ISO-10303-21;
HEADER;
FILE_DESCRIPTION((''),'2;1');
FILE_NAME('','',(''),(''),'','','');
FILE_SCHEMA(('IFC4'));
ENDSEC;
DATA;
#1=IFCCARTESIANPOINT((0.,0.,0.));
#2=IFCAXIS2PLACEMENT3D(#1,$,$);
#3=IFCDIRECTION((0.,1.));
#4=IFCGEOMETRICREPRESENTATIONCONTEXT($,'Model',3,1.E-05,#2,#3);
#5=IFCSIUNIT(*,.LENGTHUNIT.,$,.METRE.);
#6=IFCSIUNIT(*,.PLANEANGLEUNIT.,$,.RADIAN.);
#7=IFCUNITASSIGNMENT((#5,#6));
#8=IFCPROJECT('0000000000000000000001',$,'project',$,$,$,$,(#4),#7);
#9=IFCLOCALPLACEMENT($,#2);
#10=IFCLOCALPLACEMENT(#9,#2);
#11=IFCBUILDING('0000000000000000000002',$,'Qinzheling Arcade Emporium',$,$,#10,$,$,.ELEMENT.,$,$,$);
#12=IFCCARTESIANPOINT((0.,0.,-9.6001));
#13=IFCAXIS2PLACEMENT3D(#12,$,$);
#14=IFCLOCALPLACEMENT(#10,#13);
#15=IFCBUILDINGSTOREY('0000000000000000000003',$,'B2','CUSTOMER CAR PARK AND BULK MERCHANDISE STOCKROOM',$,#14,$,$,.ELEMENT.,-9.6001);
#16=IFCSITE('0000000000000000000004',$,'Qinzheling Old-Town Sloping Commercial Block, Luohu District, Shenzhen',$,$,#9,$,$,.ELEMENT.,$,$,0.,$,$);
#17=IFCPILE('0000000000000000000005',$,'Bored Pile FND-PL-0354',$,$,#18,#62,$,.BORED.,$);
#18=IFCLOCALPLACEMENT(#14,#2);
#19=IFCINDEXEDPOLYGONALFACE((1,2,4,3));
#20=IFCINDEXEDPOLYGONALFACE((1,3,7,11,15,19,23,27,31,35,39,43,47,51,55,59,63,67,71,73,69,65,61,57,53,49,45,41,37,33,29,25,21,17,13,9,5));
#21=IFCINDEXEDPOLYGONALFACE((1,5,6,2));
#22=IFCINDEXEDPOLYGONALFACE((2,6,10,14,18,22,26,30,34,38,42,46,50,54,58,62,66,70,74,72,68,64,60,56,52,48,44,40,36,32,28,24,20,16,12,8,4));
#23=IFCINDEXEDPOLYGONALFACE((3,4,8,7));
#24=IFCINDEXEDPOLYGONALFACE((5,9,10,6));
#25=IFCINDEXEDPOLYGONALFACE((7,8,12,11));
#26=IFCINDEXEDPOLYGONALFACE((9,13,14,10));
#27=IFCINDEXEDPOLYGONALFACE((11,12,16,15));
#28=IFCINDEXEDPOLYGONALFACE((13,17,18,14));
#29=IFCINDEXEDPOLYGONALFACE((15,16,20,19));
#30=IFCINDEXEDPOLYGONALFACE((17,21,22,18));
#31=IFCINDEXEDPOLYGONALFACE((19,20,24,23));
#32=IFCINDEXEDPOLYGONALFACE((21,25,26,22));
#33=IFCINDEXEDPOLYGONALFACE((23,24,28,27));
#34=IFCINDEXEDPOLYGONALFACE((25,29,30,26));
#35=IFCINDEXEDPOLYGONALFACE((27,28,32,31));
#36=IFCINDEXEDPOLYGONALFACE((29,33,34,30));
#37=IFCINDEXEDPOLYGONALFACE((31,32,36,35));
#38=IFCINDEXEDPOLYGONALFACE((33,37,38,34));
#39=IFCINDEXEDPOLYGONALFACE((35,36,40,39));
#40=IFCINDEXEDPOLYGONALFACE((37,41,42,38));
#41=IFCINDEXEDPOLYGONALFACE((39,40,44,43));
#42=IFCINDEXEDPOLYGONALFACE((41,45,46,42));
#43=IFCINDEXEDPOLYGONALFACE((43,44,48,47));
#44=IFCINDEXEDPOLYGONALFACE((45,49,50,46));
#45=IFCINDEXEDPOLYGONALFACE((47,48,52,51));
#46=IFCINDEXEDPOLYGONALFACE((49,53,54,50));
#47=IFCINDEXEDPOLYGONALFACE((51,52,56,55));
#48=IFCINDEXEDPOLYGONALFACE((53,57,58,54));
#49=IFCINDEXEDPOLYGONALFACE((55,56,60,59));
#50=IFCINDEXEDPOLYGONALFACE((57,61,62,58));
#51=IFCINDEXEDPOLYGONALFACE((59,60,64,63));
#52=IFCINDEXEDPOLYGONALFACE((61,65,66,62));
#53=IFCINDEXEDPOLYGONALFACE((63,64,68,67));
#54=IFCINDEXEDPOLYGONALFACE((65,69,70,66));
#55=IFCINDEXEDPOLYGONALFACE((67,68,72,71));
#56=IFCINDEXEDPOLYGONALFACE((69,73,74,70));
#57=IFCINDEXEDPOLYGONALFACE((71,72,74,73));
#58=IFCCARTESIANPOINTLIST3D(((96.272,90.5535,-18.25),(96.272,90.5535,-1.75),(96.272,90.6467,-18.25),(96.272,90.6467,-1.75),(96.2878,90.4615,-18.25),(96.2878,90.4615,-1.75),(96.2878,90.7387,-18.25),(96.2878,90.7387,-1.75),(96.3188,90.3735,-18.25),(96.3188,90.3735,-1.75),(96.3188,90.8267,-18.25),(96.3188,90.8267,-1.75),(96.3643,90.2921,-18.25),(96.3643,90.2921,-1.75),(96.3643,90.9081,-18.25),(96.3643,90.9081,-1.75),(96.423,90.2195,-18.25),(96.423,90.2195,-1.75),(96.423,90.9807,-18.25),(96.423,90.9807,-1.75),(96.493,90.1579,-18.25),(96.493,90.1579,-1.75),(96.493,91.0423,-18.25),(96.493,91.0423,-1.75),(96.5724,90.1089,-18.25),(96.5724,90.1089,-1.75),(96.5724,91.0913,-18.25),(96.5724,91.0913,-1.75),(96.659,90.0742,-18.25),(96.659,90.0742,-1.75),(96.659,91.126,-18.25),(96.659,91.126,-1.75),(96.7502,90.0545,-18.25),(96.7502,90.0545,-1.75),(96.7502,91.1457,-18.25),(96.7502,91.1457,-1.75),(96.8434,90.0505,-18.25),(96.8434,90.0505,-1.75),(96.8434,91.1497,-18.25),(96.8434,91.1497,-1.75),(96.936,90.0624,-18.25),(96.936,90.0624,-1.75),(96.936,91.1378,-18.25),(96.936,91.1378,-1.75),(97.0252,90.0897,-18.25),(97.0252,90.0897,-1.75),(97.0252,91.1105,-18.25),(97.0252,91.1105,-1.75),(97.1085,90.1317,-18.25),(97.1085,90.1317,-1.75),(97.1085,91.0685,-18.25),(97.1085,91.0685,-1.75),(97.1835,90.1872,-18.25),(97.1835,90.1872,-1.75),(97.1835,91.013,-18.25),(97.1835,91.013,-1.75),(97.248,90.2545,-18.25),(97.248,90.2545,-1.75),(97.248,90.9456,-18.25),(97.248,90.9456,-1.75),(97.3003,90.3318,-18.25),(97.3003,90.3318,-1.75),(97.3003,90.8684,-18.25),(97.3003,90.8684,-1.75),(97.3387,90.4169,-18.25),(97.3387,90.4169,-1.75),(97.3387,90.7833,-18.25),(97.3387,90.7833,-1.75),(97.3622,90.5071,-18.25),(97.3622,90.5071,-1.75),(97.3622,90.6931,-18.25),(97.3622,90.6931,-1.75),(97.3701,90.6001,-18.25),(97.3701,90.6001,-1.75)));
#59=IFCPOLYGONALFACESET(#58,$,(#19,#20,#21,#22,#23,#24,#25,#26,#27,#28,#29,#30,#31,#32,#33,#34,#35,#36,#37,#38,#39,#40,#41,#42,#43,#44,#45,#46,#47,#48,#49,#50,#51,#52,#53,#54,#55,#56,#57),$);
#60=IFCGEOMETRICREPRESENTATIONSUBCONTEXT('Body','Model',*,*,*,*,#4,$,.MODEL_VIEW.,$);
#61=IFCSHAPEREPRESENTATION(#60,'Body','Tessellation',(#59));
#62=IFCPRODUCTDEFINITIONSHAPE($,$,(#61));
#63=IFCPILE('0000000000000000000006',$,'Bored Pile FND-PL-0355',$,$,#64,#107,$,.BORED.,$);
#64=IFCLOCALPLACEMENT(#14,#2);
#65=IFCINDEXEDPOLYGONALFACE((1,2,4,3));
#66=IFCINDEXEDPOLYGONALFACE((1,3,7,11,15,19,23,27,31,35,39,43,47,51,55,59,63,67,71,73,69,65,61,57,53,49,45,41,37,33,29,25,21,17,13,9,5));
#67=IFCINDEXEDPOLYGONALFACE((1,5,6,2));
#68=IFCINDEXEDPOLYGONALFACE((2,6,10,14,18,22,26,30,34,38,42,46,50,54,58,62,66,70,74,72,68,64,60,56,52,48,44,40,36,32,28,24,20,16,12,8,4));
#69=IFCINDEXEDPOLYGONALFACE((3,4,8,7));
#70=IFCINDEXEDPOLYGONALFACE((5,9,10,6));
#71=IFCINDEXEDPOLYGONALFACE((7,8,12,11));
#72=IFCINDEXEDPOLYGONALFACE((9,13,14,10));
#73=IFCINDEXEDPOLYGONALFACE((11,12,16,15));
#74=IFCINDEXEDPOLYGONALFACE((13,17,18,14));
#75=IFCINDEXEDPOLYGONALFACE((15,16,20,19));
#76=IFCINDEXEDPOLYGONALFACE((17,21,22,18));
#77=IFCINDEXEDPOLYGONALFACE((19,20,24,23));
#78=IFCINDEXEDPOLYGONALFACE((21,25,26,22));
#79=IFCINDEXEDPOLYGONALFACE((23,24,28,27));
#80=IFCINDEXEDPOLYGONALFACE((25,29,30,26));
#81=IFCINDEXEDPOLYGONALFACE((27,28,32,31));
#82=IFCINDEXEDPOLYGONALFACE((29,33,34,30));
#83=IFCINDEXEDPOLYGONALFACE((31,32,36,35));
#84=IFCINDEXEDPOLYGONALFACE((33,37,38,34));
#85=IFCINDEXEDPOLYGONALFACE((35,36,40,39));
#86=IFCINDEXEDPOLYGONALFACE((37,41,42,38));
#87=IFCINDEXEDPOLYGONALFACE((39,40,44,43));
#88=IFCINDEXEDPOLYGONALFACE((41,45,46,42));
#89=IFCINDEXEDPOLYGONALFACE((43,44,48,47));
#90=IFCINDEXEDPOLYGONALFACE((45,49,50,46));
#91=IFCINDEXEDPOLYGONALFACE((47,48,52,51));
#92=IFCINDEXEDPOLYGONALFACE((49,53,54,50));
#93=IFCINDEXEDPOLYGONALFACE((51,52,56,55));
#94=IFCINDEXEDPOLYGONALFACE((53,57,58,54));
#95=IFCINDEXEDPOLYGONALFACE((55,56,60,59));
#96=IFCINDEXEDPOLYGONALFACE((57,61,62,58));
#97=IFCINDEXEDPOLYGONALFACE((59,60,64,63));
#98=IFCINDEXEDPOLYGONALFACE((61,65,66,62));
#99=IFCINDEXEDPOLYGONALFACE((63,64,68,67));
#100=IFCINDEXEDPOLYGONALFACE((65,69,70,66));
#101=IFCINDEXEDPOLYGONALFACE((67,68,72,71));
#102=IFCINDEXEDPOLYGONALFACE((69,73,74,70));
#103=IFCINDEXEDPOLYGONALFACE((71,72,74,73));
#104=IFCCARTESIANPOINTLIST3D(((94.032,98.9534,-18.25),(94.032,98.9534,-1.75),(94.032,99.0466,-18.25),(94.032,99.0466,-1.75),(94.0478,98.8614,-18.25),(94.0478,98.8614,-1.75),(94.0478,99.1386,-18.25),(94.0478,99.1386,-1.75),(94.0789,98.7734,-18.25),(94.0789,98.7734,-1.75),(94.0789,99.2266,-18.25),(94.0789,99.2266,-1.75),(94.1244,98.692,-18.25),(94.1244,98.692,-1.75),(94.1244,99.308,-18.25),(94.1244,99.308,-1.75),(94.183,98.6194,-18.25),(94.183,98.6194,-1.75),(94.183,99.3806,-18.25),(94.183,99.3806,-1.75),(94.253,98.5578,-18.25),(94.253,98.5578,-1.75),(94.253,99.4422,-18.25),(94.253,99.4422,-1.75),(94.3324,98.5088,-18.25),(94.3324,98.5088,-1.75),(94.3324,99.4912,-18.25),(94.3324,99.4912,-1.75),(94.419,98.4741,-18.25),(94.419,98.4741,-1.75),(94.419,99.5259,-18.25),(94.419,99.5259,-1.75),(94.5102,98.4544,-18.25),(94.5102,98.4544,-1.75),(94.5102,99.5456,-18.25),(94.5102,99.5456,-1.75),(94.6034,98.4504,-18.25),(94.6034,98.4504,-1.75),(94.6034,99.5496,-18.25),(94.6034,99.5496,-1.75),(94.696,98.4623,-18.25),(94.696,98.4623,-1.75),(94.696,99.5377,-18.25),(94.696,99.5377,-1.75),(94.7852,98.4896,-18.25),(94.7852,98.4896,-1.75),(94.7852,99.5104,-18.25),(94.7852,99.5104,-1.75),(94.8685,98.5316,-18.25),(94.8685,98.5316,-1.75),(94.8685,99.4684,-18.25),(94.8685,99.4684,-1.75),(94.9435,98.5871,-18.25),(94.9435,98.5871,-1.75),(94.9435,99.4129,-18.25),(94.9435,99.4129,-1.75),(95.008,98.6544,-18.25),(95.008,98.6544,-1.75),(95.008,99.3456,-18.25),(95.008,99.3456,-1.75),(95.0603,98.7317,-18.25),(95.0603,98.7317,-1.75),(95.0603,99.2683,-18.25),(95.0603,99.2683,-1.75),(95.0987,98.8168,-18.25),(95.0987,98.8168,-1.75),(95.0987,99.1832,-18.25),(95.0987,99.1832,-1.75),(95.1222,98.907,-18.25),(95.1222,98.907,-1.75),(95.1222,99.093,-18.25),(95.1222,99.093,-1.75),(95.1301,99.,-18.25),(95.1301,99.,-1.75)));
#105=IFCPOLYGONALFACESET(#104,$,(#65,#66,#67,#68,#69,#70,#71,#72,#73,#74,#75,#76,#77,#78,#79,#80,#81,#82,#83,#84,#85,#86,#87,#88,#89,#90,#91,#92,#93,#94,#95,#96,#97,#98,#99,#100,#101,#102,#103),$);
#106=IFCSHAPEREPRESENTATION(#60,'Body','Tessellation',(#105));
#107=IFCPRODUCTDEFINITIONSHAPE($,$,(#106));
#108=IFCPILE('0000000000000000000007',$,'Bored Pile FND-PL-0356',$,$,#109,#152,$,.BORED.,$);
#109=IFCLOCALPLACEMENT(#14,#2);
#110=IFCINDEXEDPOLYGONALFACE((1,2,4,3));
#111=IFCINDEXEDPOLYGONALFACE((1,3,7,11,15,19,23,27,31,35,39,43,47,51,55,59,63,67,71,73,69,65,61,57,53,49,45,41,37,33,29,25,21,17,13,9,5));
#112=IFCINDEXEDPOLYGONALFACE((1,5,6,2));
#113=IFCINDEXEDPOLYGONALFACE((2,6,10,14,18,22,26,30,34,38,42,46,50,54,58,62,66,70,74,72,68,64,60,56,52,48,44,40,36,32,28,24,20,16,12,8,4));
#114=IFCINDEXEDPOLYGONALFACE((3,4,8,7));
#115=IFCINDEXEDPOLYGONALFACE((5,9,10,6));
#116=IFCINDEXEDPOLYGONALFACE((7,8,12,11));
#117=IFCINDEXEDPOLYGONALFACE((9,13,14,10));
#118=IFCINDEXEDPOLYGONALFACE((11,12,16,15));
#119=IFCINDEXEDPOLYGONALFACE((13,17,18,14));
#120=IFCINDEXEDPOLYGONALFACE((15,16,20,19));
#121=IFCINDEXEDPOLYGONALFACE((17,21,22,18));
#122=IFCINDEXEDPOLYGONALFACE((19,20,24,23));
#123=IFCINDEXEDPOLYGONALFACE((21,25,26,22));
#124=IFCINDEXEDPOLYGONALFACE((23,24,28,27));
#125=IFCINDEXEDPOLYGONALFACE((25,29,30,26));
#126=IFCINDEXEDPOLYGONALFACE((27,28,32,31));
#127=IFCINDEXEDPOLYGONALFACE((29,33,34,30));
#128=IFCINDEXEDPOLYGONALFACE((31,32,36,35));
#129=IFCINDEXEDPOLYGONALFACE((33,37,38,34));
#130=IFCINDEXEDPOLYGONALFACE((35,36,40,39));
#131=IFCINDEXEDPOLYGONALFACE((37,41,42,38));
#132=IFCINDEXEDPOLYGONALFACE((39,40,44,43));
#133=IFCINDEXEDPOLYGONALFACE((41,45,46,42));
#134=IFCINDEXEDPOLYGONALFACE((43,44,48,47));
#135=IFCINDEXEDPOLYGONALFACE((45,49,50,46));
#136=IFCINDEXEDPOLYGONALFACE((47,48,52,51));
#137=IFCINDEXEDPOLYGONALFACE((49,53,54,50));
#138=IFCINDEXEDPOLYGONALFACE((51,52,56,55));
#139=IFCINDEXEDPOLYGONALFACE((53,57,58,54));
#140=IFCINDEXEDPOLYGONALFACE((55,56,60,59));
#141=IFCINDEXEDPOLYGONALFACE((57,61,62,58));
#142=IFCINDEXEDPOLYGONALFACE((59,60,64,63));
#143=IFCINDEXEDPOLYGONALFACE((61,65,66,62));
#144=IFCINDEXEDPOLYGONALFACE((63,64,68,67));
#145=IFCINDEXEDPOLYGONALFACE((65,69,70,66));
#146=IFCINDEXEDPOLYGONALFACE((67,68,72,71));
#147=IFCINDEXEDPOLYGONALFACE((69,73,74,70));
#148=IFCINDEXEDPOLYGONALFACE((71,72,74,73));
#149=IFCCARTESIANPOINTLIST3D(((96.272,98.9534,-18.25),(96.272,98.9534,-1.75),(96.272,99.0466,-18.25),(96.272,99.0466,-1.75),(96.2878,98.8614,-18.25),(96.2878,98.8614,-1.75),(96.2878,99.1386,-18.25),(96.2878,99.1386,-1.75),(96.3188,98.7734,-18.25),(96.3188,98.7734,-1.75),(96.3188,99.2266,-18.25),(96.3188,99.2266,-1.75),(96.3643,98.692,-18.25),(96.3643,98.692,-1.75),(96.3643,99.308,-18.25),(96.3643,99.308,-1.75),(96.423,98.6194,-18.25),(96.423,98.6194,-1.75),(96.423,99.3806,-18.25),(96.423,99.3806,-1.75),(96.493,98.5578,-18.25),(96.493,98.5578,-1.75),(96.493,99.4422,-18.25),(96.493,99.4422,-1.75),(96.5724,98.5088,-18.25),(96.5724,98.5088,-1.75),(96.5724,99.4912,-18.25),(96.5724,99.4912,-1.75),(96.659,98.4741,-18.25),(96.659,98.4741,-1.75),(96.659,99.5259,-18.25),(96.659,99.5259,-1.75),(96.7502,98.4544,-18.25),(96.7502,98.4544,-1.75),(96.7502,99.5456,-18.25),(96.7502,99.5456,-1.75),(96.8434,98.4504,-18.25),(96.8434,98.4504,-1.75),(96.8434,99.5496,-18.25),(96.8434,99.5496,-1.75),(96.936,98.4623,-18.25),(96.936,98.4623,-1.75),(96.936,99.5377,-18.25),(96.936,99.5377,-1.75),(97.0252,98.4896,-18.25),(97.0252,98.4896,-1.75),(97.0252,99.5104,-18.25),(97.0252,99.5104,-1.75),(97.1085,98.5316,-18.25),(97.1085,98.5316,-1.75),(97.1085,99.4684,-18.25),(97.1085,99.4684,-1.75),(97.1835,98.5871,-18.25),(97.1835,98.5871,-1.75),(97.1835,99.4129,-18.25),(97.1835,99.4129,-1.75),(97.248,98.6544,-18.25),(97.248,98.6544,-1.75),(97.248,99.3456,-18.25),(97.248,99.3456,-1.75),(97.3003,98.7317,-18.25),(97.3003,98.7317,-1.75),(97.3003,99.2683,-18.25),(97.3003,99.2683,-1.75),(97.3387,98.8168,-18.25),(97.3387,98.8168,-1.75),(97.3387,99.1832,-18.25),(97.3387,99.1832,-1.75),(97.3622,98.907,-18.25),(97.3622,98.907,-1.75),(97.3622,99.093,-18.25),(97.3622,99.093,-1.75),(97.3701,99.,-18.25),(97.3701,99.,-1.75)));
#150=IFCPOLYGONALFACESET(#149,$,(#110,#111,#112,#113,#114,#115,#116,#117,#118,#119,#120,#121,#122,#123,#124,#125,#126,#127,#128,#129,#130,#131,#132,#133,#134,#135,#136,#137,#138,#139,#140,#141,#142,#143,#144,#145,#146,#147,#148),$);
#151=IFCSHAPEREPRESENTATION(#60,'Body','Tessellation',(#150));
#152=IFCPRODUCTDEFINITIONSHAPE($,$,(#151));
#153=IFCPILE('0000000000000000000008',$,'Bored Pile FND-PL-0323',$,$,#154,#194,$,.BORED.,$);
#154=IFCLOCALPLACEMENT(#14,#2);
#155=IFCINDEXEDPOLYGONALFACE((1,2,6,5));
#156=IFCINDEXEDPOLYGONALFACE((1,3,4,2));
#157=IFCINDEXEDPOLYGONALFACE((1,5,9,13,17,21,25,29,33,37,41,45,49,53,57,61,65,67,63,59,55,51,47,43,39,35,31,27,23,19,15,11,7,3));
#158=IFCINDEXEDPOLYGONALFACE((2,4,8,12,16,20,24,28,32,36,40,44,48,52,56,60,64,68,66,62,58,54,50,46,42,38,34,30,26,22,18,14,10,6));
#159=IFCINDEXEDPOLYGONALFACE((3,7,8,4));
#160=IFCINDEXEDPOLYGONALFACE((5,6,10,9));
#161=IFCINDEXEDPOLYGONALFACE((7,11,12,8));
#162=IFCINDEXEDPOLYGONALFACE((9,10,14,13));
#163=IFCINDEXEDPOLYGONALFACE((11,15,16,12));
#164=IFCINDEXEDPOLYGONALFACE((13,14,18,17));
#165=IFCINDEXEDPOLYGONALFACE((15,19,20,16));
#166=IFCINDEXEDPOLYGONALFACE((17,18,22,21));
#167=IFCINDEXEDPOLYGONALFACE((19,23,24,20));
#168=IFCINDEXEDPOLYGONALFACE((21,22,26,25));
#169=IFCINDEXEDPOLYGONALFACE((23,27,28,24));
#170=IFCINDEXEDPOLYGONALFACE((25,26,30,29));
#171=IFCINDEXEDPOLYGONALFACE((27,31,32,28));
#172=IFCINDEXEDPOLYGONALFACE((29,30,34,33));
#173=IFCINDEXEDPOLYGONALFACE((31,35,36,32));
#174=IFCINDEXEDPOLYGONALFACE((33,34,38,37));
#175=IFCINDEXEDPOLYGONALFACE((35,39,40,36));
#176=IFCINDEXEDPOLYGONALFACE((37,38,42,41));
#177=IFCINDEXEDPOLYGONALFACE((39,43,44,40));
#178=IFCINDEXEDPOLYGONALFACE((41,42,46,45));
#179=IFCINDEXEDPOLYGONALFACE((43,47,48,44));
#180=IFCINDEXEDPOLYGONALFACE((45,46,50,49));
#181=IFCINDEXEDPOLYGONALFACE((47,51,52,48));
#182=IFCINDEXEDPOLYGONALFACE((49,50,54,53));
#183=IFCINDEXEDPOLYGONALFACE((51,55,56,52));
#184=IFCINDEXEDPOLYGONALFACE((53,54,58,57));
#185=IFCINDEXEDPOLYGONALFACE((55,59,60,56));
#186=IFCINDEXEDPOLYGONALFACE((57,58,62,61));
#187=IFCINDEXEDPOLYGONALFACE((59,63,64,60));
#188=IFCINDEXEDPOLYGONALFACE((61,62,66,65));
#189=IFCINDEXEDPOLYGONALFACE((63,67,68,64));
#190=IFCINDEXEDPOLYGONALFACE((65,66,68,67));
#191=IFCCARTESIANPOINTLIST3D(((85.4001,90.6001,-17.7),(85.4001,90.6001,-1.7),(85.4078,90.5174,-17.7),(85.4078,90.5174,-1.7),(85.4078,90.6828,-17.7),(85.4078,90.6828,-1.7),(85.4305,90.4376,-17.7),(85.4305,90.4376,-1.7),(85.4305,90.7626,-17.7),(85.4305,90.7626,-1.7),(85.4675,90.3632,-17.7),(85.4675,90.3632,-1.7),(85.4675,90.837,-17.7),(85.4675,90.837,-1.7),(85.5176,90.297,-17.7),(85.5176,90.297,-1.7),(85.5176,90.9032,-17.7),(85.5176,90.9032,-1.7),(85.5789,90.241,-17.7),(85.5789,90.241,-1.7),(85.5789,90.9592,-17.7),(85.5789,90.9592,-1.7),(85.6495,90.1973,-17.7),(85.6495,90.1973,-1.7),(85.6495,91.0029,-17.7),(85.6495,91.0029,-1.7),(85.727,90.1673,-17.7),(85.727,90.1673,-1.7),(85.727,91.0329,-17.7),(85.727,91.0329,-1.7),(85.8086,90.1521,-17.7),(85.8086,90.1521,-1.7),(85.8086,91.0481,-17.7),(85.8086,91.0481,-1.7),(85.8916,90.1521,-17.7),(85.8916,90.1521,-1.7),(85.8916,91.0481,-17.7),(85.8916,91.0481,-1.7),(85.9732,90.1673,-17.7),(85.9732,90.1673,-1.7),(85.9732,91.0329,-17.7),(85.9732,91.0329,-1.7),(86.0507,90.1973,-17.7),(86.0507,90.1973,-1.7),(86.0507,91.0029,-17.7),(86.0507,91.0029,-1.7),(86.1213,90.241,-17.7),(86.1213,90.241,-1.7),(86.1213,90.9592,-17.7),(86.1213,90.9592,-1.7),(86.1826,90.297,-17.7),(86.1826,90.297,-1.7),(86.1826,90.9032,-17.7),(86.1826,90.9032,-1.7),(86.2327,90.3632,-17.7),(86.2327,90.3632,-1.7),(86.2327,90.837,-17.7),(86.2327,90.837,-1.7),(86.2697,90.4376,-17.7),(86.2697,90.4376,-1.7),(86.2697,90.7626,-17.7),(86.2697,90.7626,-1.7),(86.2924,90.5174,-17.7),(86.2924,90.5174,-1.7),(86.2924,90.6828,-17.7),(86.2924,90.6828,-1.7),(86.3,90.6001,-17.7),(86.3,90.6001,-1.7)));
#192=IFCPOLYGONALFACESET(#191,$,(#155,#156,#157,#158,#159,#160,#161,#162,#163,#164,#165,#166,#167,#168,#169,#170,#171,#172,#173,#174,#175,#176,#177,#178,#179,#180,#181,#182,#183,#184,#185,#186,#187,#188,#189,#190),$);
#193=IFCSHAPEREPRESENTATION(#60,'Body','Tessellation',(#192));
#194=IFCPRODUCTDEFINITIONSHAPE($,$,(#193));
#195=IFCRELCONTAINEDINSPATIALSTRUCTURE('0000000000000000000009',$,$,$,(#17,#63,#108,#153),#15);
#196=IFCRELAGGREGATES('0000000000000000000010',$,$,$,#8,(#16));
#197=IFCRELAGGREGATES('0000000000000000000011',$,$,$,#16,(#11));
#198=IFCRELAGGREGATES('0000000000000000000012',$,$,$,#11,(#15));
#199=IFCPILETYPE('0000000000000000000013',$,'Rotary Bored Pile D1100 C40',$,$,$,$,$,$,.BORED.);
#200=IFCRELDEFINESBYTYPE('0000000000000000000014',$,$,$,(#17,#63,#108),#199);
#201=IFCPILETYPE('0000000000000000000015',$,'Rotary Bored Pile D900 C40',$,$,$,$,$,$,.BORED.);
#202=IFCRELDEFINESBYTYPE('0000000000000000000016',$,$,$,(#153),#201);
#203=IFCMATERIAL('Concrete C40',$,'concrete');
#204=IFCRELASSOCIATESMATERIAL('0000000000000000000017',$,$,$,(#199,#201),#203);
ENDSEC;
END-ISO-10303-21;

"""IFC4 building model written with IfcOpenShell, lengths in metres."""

from ifc_helpers import new_model, si_unit, direction, frame, origin, origin_2d, place, context, subcontext, project, spatial, circle, extrude, material, material_profile, profile_set, type_object, element, save


model = new_model("IFC4")

# Units and contexts
model_context = context("Model", 3, precision=1e-05, world=origin(), true_north=direction((0.0, 1.0)))
body_context = subcontext(model_context, "Body", "Model", "MODEL_VIEW")
ifc_project = project(units=[si_unit("LENGTHUNIT", "METRE"), si_unit("PLANEANGLEUNIT", "RADIAN")], contexts=[model_context])

# Site, building, storey
site_placement = place(None, origin())
site = spatial("IfcSite", under=ifc_project, at=site_placement, Name="Qinzheling Old-Town Sloping Commercial Block, Luohu District, Shenzhen", CompositionType="ELEMENT", RefElevation=0.0)
building_placement = place(site_placement, origin())
building = spatial("IfcBuilding", under=site, at=building_placement, Name="Qinzheling Arcade Emporium", CompositionType="ELEMENT")
storey_placement = place(building_placement, frame((0.0, 0.0, -9.6001)))
storey = spatial("IfcBuildingStorey", under=building, at=storey_placement, Name="B2", Description="CUSTOMER CAR PARK AND BULK MERCHANDISE STOCKROOM", CompositionType="ELEMENT", Elevation=-9.6001)

# Shared definitions
ifc_material_1 = material(Name="Concrete C40", Category="concrete")

# Piles
ifc_material_profile_1 = material_profile(ifc_material_1, circle(Radius=0.55, at=origin_2d()), Name="BORED D1100", Category="concrete")
ifc_profile_set_1 = profile_set([ifc_material_profile_1], Name="Concrete C40")
pile_type_1 = type_object("IfcPileType", Name="Rotary Bored Pile D1100 C40", PredefinedType="BORED", material=ifc_profile_set_1)
for number, where, z_axis, x_axis, name in (
    (1, (96.8201, 90.6001, -1.75), (0.0, 0.0, -1.0), (1.0, 0.0, 0.0), "Bored Pile FND-PL-0354"),
    (2, (94.5801, 99.0, -1.75), (0.0, 0.0, -1.0), (1.0, 0.0, 0.0), "Bored Pile FND-PL-0355"),
    (3, (96.8201, 99.0, -1.75), (0.0, 0.0, -1.0), (1.0, 0.0, 0.0), "Bored Pile FND-PL-0356"),
):
    element("IfcPile", number, at=place(storey_placement, frame(where, z_axis=z_axis, x_axis=x_axis)), inside=storey, type_object=pile_type_1, Name=name, PredefinedType="BORED", context=body_context, shape_type="SweptSolid", body=[
        extrude(circle(Radius=0.55, at=origin_2d()), origin(), (0.0, 0.0, 1.0), 16.5),
    ])
ifc_material_profile_2 = material_profile(ifc_material_1, circle(Radius=0.45, at=origin_2d()), Name="BORED D900", Category="concrete")
ifc_profile_set_2 = profile_set([ifc_material_profile_2], Name="Concrete C40")
pile_type_2 = type_object("IfcPileType", Name="Rotary Bored Pile D900 C40", PredefinedType="BORED", material=ifc_profile_set_2)
for number, where, z_axis, x_axis, name in (
    (4, (85.8501, 90.6001, -1.7), (0.0, 0.0, -1.0), (1.0, 0.0, 0.0), "Bored Pile FND-PL-0323"),
):
    element("IfcPile", number, at=place(storey_placement, frame(where, z_axis=z_axis, x_axis=x_axis)), inside=storey, type_object=pile_type_2, Name=name, PredefinedType="BORED", context=body_context, shape_type="SweptSolid", body=[
        extrude(circle(Radius=0.45, at=origin_2d()), origin(), (0.0, 0.0, 1.0), 16.0),
    ])

save(model, "model.ifc")
